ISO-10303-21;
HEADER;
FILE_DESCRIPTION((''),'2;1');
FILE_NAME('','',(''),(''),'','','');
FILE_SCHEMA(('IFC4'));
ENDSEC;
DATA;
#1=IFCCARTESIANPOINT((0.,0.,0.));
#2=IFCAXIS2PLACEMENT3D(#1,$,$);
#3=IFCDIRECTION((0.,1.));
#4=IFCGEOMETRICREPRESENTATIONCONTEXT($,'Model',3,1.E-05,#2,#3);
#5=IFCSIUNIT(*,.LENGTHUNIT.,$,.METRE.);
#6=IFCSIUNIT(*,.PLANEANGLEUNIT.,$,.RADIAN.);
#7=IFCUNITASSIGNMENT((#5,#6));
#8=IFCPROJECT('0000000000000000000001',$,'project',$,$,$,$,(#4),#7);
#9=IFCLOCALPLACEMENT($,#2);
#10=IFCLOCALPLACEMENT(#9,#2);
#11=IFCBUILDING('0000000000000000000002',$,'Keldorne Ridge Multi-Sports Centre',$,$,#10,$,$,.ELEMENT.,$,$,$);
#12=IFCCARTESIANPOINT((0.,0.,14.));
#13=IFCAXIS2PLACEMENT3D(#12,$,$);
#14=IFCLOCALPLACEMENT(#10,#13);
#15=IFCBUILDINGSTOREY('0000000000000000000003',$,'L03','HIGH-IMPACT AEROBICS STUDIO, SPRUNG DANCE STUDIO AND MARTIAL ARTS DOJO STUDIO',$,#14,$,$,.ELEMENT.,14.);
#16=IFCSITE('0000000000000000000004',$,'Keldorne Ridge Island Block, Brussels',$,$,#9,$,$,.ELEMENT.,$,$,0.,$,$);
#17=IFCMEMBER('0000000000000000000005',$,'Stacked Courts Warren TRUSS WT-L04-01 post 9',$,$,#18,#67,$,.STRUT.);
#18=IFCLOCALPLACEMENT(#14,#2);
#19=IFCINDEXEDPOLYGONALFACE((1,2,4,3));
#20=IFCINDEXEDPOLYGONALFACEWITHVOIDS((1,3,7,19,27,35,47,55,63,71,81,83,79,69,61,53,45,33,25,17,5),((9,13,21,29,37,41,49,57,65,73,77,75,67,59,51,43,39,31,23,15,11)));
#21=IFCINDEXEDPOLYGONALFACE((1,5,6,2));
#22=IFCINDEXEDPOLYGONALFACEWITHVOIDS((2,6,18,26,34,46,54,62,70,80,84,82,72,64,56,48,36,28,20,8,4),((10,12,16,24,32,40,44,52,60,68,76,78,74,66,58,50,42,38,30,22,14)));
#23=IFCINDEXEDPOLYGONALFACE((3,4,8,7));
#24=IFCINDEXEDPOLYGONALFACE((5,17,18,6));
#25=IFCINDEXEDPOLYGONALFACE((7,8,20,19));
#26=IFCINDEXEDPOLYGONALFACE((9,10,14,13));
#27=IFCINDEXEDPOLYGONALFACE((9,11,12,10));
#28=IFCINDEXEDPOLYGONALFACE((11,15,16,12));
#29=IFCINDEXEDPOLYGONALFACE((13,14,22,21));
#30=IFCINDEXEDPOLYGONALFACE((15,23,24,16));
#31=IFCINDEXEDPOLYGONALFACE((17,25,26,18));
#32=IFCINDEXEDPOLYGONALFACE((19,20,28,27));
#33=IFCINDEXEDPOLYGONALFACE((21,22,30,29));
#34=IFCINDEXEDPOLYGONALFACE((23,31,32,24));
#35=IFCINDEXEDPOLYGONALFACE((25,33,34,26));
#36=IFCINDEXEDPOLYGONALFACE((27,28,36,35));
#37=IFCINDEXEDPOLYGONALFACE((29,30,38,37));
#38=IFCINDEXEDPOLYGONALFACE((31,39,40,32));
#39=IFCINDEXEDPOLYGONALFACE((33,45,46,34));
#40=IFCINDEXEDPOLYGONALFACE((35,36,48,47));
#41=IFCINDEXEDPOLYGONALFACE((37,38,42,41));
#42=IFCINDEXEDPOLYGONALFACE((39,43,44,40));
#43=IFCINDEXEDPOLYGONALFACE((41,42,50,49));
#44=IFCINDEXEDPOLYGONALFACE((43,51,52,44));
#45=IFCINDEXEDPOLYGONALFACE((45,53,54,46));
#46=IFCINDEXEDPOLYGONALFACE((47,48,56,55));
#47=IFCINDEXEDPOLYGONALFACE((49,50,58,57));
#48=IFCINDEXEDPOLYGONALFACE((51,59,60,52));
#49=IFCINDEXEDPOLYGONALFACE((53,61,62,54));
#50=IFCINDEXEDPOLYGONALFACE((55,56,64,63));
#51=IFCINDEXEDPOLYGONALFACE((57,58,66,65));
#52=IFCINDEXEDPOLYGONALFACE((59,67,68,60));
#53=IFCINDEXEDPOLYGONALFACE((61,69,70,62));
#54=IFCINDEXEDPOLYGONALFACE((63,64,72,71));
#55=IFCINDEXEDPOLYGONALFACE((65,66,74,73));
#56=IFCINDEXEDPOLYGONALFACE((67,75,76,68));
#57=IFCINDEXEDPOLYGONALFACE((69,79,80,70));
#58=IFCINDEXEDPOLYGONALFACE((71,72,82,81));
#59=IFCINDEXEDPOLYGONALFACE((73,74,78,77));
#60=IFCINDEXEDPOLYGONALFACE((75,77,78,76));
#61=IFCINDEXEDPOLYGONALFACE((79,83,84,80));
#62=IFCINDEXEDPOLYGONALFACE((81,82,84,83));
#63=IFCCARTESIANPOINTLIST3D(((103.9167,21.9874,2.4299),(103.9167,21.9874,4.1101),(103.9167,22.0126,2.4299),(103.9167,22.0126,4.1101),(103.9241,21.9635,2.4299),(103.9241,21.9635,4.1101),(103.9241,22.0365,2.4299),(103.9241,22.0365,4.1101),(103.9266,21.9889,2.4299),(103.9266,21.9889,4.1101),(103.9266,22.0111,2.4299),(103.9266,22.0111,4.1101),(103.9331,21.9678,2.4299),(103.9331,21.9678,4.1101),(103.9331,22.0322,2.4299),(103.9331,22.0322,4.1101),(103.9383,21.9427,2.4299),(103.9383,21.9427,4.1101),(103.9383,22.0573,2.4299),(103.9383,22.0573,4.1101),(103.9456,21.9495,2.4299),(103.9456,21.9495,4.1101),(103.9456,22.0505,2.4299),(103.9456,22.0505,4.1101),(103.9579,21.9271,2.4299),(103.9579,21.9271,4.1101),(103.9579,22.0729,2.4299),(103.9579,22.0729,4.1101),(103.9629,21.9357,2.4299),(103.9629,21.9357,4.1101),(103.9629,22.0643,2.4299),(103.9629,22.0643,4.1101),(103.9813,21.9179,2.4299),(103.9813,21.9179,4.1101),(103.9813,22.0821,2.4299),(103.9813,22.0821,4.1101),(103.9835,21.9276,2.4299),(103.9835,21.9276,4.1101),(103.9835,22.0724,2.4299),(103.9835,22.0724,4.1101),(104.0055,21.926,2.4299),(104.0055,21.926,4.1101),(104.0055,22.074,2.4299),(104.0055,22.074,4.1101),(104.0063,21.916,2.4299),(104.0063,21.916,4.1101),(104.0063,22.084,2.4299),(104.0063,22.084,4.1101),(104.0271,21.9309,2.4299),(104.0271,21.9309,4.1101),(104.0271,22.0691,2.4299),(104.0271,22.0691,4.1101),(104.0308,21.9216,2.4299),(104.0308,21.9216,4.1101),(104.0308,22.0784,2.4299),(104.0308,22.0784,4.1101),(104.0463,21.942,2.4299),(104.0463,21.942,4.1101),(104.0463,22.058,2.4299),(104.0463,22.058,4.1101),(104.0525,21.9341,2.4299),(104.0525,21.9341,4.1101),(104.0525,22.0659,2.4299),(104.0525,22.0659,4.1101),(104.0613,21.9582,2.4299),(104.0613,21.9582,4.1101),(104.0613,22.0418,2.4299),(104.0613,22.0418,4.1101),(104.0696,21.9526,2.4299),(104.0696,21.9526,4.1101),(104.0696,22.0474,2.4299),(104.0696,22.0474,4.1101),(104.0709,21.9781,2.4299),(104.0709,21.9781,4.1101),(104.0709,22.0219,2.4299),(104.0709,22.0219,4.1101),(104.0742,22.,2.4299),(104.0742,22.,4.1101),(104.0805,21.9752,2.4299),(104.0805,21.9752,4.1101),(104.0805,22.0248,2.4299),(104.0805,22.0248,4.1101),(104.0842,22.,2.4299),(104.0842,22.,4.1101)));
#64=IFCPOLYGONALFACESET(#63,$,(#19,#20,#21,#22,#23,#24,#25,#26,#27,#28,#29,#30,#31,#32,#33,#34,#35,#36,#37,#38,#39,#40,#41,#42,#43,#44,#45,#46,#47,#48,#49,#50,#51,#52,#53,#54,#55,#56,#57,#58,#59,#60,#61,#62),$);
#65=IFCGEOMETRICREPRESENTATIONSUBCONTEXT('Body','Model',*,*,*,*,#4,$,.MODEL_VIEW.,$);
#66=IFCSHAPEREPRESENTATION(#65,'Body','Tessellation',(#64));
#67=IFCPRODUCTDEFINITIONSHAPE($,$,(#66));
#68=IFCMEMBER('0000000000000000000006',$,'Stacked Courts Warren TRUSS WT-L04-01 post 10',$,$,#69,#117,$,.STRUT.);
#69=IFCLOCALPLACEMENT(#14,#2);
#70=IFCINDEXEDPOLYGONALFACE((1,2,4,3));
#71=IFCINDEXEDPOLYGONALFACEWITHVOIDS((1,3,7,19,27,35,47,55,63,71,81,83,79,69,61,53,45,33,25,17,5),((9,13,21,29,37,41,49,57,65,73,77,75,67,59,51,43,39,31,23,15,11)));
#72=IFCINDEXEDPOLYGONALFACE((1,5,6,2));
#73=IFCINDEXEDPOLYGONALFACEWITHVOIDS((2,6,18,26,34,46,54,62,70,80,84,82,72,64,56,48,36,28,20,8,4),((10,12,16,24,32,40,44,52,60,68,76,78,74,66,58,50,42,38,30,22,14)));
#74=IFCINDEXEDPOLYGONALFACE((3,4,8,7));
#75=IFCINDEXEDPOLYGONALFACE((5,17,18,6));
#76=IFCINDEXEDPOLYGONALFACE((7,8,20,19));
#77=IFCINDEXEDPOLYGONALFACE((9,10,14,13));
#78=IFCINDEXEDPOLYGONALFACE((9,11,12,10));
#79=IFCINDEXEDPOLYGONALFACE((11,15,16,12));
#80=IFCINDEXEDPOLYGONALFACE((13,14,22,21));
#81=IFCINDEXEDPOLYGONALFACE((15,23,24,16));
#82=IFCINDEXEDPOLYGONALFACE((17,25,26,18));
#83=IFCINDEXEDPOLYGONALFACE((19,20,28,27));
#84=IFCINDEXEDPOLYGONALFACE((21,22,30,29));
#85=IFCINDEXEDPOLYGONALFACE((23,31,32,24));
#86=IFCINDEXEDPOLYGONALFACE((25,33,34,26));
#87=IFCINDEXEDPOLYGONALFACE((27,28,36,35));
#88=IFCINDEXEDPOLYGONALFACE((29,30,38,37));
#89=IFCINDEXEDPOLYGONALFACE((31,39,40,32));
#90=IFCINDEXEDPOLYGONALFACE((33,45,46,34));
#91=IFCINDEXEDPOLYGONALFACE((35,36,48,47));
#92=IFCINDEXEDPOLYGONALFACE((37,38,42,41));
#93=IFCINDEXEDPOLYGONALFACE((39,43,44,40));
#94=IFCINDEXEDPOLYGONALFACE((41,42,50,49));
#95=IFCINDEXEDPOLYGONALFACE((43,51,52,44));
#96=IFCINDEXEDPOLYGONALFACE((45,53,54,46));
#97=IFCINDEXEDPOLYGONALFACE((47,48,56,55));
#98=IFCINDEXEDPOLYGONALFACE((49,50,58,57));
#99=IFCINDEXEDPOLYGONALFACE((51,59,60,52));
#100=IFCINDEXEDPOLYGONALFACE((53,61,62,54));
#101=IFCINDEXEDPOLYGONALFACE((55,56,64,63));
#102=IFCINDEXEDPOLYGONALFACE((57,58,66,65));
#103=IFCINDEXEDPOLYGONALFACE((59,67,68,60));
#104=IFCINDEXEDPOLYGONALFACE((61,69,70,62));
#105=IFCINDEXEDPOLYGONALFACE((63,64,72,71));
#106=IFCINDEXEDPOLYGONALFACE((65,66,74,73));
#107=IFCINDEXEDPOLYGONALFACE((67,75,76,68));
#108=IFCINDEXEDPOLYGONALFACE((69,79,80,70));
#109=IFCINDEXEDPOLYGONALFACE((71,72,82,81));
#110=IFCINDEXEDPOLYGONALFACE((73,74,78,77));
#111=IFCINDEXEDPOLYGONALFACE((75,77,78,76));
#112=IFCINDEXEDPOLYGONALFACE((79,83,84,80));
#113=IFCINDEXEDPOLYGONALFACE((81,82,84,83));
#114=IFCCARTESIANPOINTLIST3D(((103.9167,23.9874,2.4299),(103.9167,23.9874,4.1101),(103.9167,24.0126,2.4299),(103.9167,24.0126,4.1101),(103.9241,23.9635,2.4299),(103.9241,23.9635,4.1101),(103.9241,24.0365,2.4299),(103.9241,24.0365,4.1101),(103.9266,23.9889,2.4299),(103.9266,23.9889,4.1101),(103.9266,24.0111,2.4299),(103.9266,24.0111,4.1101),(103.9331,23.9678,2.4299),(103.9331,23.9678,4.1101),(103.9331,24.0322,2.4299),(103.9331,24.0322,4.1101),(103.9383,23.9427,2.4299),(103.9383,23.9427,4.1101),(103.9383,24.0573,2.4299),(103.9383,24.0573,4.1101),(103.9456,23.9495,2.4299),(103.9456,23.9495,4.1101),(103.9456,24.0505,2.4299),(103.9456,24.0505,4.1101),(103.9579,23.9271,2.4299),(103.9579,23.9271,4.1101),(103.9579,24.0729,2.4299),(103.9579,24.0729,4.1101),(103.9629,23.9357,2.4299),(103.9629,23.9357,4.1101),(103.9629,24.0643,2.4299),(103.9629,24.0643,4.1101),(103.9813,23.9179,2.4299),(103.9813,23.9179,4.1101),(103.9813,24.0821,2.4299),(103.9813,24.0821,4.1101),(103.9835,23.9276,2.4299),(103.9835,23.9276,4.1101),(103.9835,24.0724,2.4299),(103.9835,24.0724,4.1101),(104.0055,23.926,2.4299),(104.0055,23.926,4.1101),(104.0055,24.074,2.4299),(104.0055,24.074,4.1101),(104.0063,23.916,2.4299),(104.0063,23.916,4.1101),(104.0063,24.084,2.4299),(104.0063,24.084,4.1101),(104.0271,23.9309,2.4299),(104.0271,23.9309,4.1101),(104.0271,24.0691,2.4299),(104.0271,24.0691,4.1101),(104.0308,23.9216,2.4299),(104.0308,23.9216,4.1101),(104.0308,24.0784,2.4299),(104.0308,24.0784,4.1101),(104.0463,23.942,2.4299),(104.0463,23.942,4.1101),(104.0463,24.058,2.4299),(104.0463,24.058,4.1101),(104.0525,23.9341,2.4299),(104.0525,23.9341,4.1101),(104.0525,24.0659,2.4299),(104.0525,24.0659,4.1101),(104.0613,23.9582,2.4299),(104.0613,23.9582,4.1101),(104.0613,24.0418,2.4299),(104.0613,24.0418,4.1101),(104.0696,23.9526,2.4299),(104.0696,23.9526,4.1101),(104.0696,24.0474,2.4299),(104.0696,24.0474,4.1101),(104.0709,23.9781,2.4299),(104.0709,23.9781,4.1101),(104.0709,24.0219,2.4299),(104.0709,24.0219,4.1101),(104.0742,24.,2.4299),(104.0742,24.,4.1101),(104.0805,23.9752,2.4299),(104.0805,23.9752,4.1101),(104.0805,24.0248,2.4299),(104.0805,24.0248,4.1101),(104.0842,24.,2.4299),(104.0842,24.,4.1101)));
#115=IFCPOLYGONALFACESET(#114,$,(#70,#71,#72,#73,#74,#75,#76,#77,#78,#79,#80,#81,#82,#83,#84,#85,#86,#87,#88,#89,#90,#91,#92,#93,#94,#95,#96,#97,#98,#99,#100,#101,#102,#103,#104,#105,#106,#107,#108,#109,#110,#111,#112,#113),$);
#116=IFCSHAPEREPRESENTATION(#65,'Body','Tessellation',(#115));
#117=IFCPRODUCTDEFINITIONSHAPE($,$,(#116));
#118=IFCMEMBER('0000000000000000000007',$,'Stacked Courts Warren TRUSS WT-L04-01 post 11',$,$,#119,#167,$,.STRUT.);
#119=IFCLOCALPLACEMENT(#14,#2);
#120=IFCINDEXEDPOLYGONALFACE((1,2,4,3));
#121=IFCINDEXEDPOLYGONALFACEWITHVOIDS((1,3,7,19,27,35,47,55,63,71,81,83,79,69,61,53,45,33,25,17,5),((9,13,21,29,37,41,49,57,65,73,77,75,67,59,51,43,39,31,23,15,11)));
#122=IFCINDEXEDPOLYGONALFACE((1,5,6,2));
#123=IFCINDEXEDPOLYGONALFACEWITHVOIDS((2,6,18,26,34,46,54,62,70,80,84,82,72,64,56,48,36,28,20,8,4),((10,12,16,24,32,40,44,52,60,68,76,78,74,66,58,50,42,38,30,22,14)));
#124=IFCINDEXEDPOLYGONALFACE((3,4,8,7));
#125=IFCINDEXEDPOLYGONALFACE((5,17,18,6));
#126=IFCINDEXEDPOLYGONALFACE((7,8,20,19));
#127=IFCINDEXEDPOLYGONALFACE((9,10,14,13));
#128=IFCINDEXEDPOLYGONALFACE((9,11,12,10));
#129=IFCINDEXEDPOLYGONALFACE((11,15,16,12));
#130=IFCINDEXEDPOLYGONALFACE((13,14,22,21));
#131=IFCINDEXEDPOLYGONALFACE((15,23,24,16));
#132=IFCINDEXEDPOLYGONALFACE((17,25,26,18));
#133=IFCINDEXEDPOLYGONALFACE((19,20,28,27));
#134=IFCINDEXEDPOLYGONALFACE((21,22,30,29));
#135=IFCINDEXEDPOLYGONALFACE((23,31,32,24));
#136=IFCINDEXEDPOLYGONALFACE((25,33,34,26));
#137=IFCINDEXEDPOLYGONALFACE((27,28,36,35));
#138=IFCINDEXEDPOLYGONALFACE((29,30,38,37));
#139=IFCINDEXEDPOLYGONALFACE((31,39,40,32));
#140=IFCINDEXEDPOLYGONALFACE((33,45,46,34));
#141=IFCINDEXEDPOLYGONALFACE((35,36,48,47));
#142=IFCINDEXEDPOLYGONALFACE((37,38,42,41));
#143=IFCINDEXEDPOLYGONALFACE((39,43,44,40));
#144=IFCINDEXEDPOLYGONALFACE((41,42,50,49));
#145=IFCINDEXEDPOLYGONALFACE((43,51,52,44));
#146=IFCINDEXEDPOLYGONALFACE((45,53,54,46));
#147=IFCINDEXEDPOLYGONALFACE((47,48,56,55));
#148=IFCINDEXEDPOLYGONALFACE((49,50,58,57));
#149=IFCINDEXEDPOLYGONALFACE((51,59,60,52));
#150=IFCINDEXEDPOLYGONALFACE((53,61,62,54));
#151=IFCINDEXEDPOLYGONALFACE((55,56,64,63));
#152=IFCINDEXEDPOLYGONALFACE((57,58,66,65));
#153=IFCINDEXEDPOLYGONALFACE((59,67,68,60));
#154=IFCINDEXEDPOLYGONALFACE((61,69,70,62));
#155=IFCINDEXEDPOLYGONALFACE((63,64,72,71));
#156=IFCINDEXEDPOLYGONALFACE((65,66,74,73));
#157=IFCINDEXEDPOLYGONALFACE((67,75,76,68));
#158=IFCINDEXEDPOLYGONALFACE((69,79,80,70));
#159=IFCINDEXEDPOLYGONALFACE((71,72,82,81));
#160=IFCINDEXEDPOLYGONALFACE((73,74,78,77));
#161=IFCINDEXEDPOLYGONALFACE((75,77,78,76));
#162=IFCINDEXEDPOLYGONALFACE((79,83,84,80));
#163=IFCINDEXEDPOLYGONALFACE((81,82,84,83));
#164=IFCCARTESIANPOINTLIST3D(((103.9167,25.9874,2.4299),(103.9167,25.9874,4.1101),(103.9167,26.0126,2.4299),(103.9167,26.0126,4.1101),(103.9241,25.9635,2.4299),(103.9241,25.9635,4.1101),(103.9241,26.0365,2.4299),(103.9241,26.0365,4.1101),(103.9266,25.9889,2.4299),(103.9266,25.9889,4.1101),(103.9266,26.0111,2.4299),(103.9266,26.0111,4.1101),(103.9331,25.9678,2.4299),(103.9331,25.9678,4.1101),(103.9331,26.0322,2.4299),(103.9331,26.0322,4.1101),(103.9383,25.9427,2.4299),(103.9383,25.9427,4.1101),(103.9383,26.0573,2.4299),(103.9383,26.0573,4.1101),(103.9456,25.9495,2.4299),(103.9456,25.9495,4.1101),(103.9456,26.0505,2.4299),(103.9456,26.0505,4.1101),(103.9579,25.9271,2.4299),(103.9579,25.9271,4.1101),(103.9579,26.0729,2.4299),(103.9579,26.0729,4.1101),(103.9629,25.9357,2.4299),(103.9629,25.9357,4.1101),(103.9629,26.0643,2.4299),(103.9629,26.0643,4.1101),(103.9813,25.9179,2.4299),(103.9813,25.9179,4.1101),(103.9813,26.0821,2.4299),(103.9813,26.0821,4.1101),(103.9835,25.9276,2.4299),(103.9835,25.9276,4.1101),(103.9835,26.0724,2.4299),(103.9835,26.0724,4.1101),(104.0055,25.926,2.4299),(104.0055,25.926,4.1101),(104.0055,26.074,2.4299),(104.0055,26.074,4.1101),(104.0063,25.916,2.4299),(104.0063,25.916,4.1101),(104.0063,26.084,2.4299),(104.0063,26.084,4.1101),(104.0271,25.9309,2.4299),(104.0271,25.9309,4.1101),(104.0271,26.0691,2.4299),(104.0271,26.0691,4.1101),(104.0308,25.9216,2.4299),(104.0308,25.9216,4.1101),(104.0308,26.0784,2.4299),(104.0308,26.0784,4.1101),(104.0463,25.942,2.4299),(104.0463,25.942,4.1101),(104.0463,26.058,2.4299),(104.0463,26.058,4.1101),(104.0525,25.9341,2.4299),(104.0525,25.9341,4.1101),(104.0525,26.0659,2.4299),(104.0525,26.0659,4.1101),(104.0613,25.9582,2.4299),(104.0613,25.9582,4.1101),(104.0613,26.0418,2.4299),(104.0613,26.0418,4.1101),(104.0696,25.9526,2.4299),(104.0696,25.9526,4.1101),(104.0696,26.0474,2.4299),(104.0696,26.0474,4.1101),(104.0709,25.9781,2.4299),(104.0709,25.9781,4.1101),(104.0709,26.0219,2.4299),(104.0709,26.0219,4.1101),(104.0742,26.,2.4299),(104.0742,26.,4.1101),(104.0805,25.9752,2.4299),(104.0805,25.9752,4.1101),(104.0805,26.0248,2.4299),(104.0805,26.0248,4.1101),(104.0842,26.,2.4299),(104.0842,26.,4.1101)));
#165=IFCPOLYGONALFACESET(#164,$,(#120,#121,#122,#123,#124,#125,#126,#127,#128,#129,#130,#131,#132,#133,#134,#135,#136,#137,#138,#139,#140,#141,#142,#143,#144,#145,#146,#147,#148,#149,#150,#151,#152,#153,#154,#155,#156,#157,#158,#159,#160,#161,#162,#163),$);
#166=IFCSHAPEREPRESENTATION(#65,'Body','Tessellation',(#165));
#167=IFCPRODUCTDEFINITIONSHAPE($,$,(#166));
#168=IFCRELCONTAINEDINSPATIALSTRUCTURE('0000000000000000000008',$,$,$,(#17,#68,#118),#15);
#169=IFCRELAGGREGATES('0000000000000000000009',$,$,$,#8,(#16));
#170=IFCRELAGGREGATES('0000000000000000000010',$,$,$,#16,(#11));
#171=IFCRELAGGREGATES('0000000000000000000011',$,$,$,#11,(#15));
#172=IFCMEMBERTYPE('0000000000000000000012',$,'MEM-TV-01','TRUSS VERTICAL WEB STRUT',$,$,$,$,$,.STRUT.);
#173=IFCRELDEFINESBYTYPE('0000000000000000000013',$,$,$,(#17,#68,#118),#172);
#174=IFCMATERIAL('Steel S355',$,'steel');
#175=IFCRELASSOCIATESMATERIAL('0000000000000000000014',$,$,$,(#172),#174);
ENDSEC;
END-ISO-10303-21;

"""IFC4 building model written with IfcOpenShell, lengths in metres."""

from ifc_helpers import new_model, si_unit, direction, frame, origin, origin_2d, place, context, subcontext, project, spatial, hollow_circle, extrude, material, material_profile, profile_set, type_object, element, save


model = new_model("IFC4")

# Units and contexts
model_context = context("Model", 3, precision=1e-05, world=origin(), true_north=direction((0.0, 1.0)))
body_context = subcontext(model_context, "Body", "Model", "MODEL_VIEW")
ifc_project = project(units=[si_unit("LENGTHUNIT", "METRE"), si_unit("PLANEANGLEUNIT", "RADIAN")], contexts=[model_context])

# Site, building, storey
site_placement = place(None, origin())
site = spatial("IfcSite", under=ifc_project, at=site_placement, Name="Keldorne Ridge Island Block, Brussels", CompositionType="ELEMENT", RefElevation=0.0)
building_placement = place(site_placement, origin())
building = spatial("IfcBuilding", under=site, at=building_placement, Name="Keldorne Ridge Multi-Sports Centre", CompositionType="ELEMENT")
storey_placement = place(building_placement, frame((0.0, 0.0, 14.0)))
storey = spatial("IfcBuildingStorey", under=building, at=storey_placement, Name="L03", Description="HIGH-IMPACT AEROBICS STUDIO, SPRUNG DANCE STUDIO AND MARTIAL ARTS DOJO STUDIO", CompositionType="ELEMENT", Elevation=14.0)

# Shared definitions
ifc_material = material(Name="Steel S355", Category="steel")

# Members
ifc_material_profile_1 = material_profile(ifc_material, hollow_circle(Radius=0.0842, WallThickness=0.01, at=origin_2d()), Name="CHS 168.3x10")
ifc_profile_set_1 = profile_set([ifc_material_profile_1], Name="Steel S355")
member_type_1 = type_object("IfcMemberType", Name="MEM-TV-01", Description="TRUSS VERTICAL WEB STRUT", PredefinedType="STRUT", material=ifc_profile_set_1)
for number, where, z_axis, x_axis, name in (
    (1, (104.0, 22.0, 2.4299), (0.0, 0.0, 1.0), (1.0, 0.0, 0.0), "Stacked Courts Warren TRUSS WT-L04-01 post 9"),
    (2, (104.0, 24.0, 2.4299), (0.0, 0.0, 1.0), (1.0, 0.0, 0.0), "Stacked Courts Warren TRUSS WT-L04-01 post 10"),
    (3, (104.0, 26.0, 2.4299), (0.0, 0.0, 1.0), (1.0, 0.0, 0.0), "Stacked Courts Warren TRUSS WT-L04-01 post 11"),
):
    element("IfcMember", number, at=place(storey_placement, frame(where, z_axis=z_axis, x_axis=x_axis)), inside=storey, type_object=member_type_1, Name=name, PredefinedType="STRUT", context=body_context, shape_type="SweptSolid", body=[
        extrude(hollow_circle(Radius=0.0842, WallThickness=0.01, at=origin_2d()), origin(), (0.0, 0.0, 1.0), 1.6802),
    ])

save(model, "model.ifc")
